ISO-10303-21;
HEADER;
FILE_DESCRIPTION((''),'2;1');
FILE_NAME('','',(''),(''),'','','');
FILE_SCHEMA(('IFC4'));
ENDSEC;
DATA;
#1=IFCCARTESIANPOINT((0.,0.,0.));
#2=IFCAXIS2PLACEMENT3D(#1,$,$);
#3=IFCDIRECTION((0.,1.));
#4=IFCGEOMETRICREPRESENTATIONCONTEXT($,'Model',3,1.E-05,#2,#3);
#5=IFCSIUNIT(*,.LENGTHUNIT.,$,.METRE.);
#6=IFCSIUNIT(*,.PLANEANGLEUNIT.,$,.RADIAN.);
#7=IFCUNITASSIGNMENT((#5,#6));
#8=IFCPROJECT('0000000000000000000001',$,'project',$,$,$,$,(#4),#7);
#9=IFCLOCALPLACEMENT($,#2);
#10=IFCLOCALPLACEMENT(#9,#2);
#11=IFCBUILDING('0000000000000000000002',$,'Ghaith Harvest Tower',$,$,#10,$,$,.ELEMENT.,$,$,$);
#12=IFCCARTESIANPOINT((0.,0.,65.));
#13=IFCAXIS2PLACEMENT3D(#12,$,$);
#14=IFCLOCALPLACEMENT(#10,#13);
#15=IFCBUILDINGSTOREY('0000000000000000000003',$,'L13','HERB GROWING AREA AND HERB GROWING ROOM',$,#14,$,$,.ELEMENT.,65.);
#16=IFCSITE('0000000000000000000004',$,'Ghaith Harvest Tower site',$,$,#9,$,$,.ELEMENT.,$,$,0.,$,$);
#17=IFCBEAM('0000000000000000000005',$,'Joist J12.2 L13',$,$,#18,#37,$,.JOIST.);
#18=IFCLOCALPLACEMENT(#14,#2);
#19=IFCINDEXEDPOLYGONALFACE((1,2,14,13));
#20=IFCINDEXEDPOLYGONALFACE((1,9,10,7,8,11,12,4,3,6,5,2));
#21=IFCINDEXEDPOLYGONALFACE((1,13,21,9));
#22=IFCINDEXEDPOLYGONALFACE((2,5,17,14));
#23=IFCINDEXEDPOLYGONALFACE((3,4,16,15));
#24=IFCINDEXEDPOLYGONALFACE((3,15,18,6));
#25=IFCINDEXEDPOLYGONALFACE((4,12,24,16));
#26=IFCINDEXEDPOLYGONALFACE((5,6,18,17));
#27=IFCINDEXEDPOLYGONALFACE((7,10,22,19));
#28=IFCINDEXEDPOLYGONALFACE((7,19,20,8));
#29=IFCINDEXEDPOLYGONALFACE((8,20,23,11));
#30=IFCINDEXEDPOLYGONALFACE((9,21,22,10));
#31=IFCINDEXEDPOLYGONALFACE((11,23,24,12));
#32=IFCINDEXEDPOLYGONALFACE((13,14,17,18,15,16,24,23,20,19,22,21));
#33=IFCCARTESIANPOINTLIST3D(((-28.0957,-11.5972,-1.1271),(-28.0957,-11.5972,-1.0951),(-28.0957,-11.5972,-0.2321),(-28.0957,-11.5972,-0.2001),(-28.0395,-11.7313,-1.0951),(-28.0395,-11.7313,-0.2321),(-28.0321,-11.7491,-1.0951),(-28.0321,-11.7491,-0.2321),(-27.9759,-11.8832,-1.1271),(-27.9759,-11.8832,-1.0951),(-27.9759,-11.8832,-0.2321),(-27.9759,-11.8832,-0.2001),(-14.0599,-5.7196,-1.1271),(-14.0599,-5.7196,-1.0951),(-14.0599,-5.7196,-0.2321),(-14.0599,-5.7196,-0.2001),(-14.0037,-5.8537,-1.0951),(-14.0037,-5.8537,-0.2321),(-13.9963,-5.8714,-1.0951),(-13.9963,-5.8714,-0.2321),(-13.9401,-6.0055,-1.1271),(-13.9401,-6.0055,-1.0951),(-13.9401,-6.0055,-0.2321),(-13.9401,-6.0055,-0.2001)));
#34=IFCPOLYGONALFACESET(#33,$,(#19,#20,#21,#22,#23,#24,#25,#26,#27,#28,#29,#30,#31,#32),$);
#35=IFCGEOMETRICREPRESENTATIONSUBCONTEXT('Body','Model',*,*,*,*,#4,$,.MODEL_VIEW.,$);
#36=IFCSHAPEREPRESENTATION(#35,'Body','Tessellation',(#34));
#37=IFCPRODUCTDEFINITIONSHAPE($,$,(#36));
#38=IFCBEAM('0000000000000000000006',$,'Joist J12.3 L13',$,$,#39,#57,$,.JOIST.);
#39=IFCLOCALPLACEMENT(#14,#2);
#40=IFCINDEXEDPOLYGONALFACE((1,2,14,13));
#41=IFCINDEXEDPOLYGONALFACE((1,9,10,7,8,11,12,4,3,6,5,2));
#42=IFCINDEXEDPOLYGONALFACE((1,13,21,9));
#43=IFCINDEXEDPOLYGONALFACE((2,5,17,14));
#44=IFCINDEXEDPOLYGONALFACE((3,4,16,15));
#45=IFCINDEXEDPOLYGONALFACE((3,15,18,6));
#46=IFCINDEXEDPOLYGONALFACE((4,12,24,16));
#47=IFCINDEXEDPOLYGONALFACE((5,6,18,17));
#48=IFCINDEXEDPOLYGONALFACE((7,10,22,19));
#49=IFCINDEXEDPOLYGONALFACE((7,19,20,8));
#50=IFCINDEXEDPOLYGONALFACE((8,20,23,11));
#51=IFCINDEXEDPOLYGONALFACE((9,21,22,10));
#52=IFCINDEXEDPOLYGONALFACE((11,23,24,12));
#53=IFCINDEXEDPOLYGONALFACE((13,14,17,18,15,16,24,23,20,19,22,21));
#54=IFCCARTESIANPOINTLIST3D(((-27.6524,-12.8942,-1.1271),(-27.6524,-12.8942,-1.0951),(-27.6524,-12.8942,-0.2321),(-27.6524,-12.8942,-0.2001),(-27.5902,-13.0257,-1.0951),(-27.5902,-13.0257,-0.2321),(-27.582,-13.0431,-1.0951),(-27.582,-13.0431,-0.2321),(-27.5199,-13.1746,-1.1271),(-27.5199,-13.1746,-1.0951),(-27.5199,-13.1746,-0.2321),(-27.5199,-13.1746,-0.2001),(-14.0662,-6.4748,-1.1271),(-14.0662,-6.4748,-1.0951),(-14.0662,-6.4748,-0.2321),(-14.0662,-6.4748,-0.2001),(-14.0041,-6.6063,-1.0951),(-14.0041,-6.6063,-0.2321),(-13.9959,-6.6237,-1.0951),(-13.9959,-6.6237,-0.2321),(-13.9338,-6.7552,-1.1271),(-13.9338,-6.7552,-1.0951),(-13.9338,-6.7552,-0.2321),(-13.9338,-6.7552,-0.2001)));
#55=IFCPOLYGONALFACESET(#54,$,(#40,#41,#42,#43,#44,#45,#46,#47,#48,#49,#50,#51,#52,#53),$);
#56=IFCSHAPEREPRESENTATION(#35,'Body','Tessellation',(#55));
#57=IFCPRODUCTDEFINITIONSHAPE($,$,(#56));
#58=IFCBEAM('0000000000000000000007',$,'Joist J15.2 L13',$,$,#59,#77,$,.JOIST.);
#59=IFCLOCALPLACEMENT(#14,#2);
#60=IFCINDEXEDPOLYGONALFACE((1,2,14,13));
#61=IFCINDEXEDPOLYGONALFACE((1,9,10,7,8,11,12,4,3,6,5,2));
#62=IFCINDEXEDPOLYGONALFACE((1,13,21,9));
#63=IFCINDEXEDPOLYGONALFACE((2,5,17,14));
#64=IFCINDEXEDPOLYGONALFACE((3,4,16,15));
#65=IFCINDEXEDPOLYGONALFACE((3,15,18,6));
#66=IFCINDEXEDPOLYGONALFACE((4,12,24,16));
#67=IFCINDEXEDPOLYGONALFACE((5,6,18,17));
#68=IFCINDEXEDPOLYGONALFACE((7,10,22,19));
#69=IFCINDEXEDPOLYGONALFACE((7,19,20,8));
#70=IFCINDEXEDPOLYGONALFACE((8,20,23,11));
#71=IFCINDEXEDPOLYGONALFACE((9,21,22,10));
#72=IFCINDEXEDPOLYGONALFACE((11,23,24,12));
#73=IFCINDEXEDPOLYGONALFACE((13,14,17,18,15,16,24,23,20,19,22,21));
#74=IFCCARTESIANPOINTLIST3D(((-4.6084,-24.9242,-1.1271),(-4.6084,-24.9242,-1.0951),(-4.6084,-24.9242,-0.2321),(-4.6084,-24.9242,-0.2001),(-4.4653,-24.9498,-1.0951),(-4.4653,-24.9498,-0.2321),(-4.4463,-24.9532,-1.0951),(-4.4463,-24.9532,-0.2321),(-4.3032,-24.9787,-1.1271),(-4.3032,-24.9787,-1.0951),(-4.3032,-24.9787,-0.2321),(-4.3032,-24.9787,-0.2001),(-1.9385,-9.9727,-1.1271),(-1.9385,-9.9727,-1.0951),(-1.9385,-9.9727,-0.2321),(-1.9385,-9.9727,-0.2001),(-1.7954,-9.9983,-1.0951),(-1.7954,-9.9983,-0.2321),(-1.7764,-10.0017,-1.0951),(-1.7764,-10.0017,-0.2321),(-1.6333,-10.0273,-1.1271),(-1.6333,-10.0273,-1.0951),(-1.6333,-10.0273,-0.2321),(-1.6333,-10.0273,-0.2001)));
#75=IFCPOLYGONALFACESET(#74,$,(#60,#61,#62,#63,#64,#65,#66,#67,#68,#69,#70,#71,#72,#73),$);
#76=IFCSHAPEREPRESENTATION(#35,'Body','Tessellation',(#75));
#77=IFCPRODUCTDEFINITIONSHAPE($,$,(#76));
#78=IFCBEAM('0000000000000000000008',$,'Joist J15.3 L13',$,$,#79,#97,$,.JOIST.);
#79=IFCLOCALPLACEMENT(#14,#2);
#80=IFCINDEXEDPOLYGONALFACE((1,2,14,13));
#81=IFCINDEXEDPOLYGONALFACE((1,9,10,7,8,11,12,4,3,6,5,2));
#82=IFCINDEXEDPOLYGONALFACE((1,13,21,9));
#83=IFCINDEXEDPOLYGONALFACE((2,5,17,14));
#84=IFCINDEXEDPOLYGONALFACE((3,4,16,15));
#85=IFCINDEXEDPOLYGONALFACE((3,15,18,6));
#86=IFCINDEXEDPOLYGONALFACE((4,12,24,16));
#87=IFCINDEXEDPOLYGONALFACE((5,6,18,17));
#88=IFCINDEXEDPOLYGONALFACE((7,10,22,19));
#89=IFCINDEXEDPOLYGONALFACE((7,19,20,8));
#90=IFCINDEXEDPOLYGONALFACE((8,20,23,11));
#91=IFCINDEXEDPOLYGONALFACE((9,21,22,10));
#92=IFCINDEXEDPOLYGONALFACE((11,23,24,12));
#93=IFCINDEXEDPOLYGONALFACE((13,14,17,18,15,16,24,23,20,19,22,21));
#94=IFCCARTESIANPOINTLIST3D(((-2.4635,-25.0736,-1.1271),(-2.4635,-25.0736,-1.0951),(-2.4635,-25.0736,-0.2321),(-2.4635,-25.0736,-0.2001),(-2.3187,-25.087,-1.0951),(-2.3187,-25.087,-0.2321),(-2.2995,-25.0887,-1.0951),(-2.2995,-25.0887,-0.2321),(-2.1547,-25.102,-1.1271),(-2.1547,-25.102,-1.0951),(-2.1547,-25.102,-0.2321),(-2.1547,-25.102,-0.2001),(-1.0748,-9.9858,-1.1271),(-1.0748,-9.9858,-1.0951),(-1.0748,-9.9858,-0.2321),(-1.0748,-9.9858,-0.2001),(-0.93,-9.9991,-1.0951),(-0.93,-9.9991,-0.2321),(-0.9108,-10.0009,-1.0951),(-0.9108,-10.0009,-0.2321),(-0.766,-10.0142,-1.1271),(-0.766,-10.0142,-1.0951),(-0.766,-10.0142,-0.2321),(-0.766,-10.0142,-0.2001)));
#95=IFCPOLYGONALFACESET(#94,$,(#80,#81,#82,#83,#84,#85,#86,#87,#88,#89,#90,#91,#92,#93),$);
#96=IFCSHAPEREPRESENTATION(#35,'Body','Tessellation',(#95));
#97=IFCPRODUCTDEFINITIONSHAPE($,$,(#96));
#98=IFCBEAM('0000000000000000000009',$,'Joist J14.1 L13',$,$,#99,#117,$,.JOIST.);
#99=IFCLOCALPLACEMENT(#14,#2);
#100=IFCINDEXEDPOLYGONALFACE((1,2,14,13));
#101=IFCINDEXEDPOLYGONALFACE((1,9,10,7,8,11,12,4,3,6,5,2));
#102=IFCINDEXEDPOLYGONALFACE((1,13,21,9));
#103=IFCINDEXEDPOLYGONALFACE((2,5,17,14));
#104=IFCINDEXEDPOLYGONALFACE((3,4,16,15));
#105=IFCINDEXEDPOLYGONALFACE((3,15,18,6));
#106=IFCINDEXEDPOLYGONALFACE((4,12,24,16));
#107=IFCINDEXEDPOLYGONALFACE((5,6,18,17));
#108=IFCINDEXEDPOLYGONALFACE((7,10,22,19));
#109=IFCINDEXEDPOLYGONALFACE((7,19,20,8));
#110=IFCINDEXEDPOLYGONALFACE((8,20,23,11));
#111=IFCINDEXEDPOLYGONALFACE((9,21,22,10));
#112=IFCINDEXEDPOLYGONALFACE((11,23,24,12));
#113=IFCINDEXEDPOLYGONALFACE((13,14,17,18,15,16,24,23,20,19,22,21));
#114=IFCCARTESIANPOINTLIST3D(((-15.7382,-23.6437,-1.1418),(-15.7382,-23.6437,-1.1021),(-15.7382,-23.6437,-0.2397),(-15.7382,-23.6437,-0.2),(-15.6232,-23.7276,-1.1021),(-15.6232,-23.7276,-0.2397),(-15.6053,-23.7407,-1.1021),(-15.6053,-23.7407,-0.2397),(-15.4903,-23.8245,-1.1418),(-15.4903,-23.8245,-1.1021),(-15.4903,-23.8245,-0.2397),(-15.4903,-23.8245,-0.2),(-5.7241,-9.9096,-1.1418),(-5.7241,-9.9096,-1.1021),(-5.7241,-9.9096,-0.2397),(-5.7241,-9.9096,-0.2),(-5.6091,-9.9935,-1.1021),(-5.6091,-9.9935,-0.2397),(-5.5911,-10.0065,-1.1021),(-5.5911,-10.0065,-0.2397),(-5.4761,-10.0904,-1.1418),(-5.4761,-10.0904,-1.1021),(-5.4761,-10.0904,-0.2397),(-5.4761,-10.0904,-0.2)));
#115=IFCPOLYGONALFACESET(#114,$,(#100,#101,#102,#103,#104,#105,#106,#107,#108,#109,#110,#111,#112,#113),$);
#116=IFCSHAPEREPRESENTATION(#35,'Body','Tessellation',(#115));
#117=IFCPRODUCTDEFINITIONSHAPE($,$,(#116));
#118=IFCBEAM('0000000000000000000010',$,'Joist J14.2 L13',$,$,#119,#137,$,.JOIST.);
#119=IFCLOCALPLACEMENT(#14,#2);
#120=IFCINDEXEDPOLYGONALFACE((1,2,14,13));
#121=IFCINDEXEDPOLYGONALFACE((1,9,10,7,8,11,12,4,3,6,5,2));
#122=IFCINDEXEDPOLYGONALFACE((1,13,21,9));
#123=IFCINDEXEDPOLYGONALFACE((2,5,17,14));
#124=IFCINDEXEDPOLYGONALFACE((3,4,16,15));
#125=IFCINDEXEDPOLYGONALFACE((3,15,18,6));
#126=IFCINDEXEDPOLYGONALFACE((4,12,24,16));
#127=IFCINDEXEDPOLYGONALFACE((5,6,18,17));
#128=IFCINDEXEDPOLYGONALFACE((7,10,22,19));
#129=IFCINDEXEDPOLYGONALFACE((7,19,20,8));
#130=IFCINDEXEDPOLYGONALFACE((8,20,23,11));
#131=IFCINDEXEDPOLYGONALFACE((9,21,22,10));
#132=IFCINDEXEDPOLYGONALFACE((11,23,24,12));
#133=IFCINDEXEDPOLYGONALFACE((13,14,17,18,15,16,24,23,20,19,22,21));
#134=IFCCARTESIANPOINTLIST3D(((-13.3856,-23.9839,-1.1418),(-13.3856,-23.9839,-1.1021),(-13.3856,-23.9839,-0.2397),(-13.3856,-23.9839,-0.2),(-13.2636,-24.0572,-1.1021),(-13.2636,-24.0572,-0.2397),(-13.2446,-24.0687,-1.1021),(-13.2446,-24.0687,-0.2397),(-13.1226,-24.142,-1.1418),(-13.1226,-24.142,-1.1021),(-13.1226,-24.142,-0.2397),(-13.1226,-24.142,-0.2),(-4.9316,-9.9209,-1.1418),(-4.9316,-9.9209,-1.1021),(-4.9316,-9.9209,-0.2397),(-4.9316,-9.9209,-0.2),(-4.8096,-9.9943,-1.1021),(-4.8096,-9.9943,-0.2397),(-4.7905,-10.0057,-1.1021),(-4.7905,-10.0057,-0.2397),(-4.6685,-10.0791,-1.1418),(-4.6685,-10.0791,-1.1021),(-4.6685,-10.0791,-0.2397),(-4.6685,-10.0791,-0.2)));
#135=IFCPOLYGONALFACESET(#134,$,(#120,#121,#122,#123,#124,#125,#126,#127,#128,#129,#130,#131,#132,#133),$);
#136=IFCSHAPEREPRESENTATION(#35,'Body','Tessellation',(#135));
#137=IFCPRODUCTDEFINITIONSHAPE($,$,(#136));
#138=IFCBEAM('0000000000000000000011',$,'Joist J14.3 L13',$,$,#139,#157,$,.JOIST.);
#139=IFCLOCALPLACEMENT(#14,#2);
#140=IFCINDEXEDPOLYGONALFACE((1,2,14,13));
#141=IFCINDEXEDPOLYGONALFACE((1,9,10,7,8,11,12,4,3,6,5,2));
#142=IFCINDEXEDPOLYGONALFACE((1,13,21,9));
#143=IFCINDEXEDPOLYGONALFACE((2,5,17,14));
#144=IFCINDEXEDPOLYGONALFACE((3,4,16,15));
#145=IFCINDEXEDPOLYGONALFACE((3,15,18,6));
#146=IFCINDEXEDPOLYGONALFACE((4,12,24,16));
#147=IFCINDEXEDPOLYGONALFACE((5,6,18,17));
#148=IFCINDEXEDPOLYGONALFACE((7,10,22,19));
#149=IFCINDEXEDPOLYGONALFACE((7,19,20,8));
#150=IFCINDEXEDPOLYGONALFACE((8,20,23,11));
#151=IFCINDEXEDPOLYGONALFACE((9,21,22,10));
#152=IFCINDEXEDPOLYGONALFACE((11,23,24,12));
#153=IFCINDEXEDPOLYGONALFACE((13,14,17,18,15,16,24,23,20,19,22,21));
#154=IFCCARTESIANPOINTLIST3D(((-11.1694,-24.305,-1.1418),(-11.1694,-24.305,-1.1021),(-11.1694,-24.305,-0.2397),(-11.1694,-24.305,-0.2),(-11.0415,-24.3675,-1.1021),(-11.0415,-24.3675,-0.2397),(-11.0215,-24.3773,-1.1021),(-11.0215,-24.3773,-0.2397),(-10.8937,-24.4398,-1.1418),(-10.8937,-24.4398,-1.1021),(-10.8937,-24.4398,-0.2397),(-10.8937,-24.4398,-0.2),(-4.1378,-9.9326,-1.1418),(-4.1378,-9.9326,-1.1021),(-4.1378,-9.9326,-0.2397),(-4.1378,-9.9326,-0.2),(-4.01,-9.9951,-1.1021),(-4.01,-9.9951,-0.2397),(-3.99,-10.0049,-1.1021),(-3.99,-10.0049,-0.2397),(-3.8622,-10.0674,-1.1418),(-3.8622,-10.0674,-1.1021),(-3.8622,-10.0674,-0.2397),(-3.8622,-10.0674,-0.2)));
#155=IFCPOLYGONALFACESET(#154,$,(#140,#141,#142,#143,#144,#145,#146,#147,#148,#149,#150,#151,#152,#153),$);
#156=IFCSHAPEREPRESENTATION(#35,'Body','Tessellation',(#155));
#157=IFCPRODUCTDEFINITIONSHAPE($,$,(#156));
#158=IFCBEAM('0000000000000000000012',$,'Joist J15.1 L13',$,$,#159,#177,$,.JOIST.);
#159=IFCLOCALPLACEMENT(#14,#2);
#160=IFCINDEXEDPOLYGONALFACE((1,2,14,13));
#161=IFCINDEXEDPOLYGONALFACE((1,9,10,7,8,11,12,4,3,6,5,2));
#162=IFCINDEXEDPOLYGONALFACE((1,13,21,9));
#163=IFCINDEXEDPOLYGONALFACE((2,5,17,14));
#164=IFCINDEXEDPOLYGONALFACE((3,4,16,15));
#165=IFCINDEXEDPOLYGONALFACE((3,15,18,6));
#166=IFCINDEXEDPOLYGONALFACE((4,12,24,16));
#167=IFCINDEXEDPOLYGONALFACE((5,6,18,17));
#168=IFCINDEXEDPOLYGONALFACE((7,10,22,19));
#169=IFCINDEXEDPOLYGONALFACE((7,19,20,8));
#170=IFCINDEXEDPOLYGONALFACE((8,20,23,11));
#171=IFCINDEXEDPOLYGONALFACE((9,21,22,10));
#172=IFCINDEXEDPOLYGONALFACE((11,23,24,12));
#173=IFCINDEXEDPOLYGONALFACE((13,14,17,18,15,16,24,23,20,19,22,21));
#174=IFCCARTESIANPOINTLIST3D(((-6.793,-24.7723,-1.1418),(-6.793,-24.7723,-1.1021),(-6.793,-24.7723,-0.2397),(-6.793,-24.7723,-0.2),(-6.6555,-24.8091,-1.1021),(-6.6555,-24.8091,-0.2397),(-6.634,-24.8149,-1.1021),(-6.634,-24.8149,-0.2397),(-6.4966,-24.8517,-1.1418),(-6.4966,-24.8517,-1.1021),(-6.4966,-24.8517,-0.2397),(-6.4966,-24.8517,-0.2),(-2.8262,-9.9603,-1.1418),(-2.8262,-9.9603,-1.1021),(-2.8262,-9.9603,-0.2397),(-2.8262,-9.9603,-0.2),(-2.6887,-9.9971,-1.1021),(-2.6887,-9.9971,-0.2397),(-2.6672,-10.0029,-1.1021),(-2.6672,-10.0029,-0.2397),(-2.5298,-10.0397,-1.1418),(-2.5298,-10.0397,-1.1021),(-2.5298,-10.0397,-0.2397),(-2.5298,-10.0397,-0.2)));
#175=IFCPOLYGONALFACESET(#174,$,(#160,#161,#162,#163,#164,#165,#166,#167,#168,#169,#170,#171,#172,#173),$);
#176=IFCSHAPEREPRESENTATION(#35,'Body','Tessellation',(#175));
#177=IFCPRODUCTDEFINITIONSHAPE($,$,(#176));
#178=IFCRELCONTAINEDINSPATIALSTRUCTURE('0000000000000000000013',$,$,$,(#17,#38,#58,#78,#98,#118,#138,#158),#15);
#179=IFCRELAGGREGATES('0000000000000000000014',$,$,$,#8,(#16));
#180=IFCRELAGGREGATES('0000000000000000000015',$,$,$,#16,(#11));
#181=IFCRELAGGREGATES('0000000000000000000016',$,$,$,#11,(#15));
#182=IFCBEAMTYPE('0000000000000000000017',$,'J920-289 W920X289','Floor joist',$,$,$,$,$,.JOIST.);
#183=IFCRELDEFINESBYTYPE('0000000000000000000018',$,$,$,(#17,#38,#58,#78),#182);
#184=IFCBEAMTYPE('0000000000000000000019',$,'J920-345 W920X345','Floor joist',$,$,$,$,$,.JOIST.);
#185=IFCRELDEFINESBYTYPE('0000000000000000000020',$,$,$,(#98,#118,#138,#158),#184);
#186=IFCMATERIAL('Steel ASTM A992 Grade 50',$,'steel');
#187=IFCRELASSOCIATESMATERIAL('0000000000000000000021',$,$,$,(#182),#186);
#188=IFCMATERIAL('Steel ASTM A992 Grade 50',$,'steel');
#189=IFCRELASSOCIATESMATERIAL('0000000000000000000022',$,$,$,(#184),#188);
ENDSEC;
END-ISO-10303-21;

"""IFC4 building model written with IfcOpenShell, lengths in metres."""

from ifc_helpers import new_model, si_unit, direction, frame, origin, origin_2d, place, context, subcontext, project, spatial, i_section, extrude, material, material_profile, profile_set, type_object, element, save


model = new_model("IFC4")

# Units and contexts
model_context = context("Model", 3, precision=1e-05, world=origin(), true_north=direction((0.0, 1.0)))
body_context = subcontext(model_context, "Body", "Model", "MODEL_VIEW")
ifc_project = project(units=[si_unit("LENGTHUNIT", "METRE"), si_unit("PLANEANGLEUNIT", "RADIAN")], contexts=[model_context])

# Site, building, storey
site_placement = place(None, origin())
site = spatial("IfcSite", under=ifc_project, at=site_placement, Name="Ghaith Harvest Tower site", CompositionType="ELEMENT", RefElevation=0.0)
building_placement = place(site_placement, origin())
building = spatial("IfcBuilding", under=site, at=building_placement, Name="Ghaith Harvest Tower", CompositionType="ELEMENT")
storey_placement = place(building_placement, frame((0.0, 0.0, 65.0)))
storey = spatial("IfcBuildingStorey", under=building, at=storey_placement, Name="L13", Description="HERB GROWING AREA AND HERB GROWING ROOM", CompositionType="ELEMENT", Elevation=65.0)

# Beams
ifc_material_1 = material(Name="Steel ASTM A992 Grade 50", Category="steel")
ifc_material_profile_1 = material_profile(ifc_material_1, i_section(OverallWidth=0.3101, OverallDepth=0.927, WebThickness=0.0193, FlangeThickness=0.032, at=origin_2d()), Name="W920X289")
ifc_profile_set_1 = profile_set([ifc_material_profile_1], Name="Steel ASTM A992 Grade 50")
beam_type_1 = type_object("IfcBeamType", Name="J920-289 W920X289", Description="Floor joist", PredefinedType="JOIST", material=ifc_profile_set_1)
beam_1_placement = place(storey_placement, frame((-14.0, -5.8625, -0.6636), z_axis=(-0.92239, -0.386261, 0.0), x_axis=(0.386261, -0.92239, 0.0)))
element("IfcBeam", 1, at=beam_1_placement, inside=storey, type_object=beam_type_1, Name="Joist J12.2 L13", PredefinedType="JOIST", context=body_context, shape_type="SweptSolid", body=[
    extrude(i_section(OverallWidth=0.3101, OverallDepth=0.927, WebThickness=0.0193, FlangeThickness=0.032, at=origin_2d()), origin(), (0.0, 0.0, 1.0), 15.2168),
])
beam_2_placement = place(storey_placement, frame((-14.0, -6.615, -0.6636), z_axis=(-0.904153, -0.42721, 0.0), x_axis=(0.42721, -0.904153, 0.0)))
element("IfcBeam", 2, at=beam_2_placement, inside=storey, type_object=beam_type_1, Name="Joist J12.3 L13", PredefinedType="JOIST", context=body_context, shape_type="SweptSolid", body=[
    extrude(i_section(OverallWidth=0.3101, OverallDepth=0.927, WebThickness=0.0193, FlangeThickness=0.032, at=origin_2d()), origin(), (0.0, 0.0, 1.0), 15.0264),
])
beam_3_placement = place(storey_placement, frame((-1.7859, -10.0, -0.6636), z_axis=(-0.175792, -0.984427, 0.0), x_axis=(0.984427, -0.175792, 0.0)))
element("IfcBeam", 3, at=beam_3_placement, inside=storey, type_object=beam_type_1, Name="Joist J15.2 L13", PredefinedType="JOIST", context=body_context, shape_type="SweptSolid", body=[
    extrude(i_section(OverallWidth=0.3101, OverallDepth=0.927, WebThickness=0.0193, FlangeThickness=0.032, at=origin_2d()), origin(), (0.0, 0.0, 1.0), 15.188),
])
beam_4_placement = place(storey_placement, frame((-0.9204, -10.0, -0.6636), z_axis=(-0.091651, -0.995791, 0.0), x_axis=(0.995791, -0.091651, 0.0)))
element("IfcBeam", 4, at=beam_4_placement, inside=storey, type_object=beam_type_1, Name="Joist J15.3 L13", PredefinedType="JOIST", context=body_context, shape_type="SweptSolid", body=[
    extrude(i_section(OverallWidth=0.3101, OverallDepth=0.927, WebThickness=0.0193, FlangeThickness=0.032, at=origin_2d()), origin(), (0.0, 0.0, 1.0), 15.1516),
])
ifc_material_2 = material(Name="Steel ASTM A992 Grade 50", Category="steel")
ifc_material_profile_2 = material_profile(ifc_material_2, i_section(OverallWidth=0.3069, OverallDepth=0.9419, WebThickness=0.0222, FlangeThickness=0.0398, at=origin_2d()), Name="W920X345")
ifc_profile_set_2 = profile_set([ifc_material_profile_2], Name="Steel ASTM A992 Grade 50")
beam_type_2 = type_object("IfcBeamType", Name="J920-345 W920X345", Description="Floor joist", PredefinedType="JOIST", material=ifc_profile_set_2)
beam_5_placement = place(storey_placement, frame((-5.6001, -10.0, -0.6709), z_axis=(-0.58916, -0.808016, 0.0), x_axis=(0.808016, -0.58916, 0.0)))
element("IfcBeam", 5, at=beam_5_placement, inside=storey, type_object=beam_type_2, Name="Joist J14.1 L13", PredefinedType="JOIST", context=body_context, shape_type="SweptSolid", body=[
    extrude(i_section(OverallWidth=0.3069, OverallDepth=0.9419, WebThickness=0.0222, FlangeThickness=0.0398, at=origin_2d()), origin(), (0.0, 0.0, 1.0), 16.9973),
])
beam_6_placement = place(storey_placement, frame((-4.8, -10.0, -0.6709), z_axis=(-0.515226, -0.857054, 0.0), x_axis=(0.857054, -0.515226, 0.0)))
element("IfcBeam", 6, at=beam_6_placement, inside=storey, type_object=beam_type_2, Name="Joist J14.2 L13", PredefinedType="JOIST", context=body_context, shape_type="SweptSolid", body=[
    extrude(i_section(OverallWidth=0.3069, OverallDepth=0.9419, WebThickness=0.0222, FlangeThickness=0.0398, at=origin_2d()), origin(), (0.0, 0.0, 1.0), 16.4084),
])
beam_7_placement = place(storey_placement, frame((-4.0, -10.0, -0.6709), z_axis=(-0.439464, -0.89826, 0.0), x_axis=(0.89826, -0.439464, 0.0)))
element("IfcBeam", 7, at=beam_7_placement, inside=storey, type_object=beam_type_2, Name="Joist J14.3 L13", PredefinedType="JOIST", context=body_context, shape_type="SweptSolid", body=[
    extrude(i_section(OverallWidth=0.3069, OverallDepth=0.9419, WebThickness=0.0222, FlangeThickness=0.0398, at=origin_2d()), origin(), (0.0, 0.0, 1.0), 16.0002),
])
beam_8_placement = place(storey_placement, frame((-2.678, -10.0, -0.6709), z_axis=(-0.258693, -0.96596, 0.0), x_axis=(0.96596, -0.258693, 0.0)))
element("IfcBeam", 8, at=beam_8_placement, inside=storey, type_object=beam_type_2, Name="Joist J15.1 L13", PredefinedType="JOIST", context=body_context, shape_type="SweptSolid", body=[
    extrude(i_section(OverallWidth=0.3069, OverallDepth=0.9419, WebThickness=0.0222, FlangeThickness=0.0398, at=origin_2d()), origin(), (0.0, 0.0, 1.0), 15.334),
])

save(model, "model.ifc")
